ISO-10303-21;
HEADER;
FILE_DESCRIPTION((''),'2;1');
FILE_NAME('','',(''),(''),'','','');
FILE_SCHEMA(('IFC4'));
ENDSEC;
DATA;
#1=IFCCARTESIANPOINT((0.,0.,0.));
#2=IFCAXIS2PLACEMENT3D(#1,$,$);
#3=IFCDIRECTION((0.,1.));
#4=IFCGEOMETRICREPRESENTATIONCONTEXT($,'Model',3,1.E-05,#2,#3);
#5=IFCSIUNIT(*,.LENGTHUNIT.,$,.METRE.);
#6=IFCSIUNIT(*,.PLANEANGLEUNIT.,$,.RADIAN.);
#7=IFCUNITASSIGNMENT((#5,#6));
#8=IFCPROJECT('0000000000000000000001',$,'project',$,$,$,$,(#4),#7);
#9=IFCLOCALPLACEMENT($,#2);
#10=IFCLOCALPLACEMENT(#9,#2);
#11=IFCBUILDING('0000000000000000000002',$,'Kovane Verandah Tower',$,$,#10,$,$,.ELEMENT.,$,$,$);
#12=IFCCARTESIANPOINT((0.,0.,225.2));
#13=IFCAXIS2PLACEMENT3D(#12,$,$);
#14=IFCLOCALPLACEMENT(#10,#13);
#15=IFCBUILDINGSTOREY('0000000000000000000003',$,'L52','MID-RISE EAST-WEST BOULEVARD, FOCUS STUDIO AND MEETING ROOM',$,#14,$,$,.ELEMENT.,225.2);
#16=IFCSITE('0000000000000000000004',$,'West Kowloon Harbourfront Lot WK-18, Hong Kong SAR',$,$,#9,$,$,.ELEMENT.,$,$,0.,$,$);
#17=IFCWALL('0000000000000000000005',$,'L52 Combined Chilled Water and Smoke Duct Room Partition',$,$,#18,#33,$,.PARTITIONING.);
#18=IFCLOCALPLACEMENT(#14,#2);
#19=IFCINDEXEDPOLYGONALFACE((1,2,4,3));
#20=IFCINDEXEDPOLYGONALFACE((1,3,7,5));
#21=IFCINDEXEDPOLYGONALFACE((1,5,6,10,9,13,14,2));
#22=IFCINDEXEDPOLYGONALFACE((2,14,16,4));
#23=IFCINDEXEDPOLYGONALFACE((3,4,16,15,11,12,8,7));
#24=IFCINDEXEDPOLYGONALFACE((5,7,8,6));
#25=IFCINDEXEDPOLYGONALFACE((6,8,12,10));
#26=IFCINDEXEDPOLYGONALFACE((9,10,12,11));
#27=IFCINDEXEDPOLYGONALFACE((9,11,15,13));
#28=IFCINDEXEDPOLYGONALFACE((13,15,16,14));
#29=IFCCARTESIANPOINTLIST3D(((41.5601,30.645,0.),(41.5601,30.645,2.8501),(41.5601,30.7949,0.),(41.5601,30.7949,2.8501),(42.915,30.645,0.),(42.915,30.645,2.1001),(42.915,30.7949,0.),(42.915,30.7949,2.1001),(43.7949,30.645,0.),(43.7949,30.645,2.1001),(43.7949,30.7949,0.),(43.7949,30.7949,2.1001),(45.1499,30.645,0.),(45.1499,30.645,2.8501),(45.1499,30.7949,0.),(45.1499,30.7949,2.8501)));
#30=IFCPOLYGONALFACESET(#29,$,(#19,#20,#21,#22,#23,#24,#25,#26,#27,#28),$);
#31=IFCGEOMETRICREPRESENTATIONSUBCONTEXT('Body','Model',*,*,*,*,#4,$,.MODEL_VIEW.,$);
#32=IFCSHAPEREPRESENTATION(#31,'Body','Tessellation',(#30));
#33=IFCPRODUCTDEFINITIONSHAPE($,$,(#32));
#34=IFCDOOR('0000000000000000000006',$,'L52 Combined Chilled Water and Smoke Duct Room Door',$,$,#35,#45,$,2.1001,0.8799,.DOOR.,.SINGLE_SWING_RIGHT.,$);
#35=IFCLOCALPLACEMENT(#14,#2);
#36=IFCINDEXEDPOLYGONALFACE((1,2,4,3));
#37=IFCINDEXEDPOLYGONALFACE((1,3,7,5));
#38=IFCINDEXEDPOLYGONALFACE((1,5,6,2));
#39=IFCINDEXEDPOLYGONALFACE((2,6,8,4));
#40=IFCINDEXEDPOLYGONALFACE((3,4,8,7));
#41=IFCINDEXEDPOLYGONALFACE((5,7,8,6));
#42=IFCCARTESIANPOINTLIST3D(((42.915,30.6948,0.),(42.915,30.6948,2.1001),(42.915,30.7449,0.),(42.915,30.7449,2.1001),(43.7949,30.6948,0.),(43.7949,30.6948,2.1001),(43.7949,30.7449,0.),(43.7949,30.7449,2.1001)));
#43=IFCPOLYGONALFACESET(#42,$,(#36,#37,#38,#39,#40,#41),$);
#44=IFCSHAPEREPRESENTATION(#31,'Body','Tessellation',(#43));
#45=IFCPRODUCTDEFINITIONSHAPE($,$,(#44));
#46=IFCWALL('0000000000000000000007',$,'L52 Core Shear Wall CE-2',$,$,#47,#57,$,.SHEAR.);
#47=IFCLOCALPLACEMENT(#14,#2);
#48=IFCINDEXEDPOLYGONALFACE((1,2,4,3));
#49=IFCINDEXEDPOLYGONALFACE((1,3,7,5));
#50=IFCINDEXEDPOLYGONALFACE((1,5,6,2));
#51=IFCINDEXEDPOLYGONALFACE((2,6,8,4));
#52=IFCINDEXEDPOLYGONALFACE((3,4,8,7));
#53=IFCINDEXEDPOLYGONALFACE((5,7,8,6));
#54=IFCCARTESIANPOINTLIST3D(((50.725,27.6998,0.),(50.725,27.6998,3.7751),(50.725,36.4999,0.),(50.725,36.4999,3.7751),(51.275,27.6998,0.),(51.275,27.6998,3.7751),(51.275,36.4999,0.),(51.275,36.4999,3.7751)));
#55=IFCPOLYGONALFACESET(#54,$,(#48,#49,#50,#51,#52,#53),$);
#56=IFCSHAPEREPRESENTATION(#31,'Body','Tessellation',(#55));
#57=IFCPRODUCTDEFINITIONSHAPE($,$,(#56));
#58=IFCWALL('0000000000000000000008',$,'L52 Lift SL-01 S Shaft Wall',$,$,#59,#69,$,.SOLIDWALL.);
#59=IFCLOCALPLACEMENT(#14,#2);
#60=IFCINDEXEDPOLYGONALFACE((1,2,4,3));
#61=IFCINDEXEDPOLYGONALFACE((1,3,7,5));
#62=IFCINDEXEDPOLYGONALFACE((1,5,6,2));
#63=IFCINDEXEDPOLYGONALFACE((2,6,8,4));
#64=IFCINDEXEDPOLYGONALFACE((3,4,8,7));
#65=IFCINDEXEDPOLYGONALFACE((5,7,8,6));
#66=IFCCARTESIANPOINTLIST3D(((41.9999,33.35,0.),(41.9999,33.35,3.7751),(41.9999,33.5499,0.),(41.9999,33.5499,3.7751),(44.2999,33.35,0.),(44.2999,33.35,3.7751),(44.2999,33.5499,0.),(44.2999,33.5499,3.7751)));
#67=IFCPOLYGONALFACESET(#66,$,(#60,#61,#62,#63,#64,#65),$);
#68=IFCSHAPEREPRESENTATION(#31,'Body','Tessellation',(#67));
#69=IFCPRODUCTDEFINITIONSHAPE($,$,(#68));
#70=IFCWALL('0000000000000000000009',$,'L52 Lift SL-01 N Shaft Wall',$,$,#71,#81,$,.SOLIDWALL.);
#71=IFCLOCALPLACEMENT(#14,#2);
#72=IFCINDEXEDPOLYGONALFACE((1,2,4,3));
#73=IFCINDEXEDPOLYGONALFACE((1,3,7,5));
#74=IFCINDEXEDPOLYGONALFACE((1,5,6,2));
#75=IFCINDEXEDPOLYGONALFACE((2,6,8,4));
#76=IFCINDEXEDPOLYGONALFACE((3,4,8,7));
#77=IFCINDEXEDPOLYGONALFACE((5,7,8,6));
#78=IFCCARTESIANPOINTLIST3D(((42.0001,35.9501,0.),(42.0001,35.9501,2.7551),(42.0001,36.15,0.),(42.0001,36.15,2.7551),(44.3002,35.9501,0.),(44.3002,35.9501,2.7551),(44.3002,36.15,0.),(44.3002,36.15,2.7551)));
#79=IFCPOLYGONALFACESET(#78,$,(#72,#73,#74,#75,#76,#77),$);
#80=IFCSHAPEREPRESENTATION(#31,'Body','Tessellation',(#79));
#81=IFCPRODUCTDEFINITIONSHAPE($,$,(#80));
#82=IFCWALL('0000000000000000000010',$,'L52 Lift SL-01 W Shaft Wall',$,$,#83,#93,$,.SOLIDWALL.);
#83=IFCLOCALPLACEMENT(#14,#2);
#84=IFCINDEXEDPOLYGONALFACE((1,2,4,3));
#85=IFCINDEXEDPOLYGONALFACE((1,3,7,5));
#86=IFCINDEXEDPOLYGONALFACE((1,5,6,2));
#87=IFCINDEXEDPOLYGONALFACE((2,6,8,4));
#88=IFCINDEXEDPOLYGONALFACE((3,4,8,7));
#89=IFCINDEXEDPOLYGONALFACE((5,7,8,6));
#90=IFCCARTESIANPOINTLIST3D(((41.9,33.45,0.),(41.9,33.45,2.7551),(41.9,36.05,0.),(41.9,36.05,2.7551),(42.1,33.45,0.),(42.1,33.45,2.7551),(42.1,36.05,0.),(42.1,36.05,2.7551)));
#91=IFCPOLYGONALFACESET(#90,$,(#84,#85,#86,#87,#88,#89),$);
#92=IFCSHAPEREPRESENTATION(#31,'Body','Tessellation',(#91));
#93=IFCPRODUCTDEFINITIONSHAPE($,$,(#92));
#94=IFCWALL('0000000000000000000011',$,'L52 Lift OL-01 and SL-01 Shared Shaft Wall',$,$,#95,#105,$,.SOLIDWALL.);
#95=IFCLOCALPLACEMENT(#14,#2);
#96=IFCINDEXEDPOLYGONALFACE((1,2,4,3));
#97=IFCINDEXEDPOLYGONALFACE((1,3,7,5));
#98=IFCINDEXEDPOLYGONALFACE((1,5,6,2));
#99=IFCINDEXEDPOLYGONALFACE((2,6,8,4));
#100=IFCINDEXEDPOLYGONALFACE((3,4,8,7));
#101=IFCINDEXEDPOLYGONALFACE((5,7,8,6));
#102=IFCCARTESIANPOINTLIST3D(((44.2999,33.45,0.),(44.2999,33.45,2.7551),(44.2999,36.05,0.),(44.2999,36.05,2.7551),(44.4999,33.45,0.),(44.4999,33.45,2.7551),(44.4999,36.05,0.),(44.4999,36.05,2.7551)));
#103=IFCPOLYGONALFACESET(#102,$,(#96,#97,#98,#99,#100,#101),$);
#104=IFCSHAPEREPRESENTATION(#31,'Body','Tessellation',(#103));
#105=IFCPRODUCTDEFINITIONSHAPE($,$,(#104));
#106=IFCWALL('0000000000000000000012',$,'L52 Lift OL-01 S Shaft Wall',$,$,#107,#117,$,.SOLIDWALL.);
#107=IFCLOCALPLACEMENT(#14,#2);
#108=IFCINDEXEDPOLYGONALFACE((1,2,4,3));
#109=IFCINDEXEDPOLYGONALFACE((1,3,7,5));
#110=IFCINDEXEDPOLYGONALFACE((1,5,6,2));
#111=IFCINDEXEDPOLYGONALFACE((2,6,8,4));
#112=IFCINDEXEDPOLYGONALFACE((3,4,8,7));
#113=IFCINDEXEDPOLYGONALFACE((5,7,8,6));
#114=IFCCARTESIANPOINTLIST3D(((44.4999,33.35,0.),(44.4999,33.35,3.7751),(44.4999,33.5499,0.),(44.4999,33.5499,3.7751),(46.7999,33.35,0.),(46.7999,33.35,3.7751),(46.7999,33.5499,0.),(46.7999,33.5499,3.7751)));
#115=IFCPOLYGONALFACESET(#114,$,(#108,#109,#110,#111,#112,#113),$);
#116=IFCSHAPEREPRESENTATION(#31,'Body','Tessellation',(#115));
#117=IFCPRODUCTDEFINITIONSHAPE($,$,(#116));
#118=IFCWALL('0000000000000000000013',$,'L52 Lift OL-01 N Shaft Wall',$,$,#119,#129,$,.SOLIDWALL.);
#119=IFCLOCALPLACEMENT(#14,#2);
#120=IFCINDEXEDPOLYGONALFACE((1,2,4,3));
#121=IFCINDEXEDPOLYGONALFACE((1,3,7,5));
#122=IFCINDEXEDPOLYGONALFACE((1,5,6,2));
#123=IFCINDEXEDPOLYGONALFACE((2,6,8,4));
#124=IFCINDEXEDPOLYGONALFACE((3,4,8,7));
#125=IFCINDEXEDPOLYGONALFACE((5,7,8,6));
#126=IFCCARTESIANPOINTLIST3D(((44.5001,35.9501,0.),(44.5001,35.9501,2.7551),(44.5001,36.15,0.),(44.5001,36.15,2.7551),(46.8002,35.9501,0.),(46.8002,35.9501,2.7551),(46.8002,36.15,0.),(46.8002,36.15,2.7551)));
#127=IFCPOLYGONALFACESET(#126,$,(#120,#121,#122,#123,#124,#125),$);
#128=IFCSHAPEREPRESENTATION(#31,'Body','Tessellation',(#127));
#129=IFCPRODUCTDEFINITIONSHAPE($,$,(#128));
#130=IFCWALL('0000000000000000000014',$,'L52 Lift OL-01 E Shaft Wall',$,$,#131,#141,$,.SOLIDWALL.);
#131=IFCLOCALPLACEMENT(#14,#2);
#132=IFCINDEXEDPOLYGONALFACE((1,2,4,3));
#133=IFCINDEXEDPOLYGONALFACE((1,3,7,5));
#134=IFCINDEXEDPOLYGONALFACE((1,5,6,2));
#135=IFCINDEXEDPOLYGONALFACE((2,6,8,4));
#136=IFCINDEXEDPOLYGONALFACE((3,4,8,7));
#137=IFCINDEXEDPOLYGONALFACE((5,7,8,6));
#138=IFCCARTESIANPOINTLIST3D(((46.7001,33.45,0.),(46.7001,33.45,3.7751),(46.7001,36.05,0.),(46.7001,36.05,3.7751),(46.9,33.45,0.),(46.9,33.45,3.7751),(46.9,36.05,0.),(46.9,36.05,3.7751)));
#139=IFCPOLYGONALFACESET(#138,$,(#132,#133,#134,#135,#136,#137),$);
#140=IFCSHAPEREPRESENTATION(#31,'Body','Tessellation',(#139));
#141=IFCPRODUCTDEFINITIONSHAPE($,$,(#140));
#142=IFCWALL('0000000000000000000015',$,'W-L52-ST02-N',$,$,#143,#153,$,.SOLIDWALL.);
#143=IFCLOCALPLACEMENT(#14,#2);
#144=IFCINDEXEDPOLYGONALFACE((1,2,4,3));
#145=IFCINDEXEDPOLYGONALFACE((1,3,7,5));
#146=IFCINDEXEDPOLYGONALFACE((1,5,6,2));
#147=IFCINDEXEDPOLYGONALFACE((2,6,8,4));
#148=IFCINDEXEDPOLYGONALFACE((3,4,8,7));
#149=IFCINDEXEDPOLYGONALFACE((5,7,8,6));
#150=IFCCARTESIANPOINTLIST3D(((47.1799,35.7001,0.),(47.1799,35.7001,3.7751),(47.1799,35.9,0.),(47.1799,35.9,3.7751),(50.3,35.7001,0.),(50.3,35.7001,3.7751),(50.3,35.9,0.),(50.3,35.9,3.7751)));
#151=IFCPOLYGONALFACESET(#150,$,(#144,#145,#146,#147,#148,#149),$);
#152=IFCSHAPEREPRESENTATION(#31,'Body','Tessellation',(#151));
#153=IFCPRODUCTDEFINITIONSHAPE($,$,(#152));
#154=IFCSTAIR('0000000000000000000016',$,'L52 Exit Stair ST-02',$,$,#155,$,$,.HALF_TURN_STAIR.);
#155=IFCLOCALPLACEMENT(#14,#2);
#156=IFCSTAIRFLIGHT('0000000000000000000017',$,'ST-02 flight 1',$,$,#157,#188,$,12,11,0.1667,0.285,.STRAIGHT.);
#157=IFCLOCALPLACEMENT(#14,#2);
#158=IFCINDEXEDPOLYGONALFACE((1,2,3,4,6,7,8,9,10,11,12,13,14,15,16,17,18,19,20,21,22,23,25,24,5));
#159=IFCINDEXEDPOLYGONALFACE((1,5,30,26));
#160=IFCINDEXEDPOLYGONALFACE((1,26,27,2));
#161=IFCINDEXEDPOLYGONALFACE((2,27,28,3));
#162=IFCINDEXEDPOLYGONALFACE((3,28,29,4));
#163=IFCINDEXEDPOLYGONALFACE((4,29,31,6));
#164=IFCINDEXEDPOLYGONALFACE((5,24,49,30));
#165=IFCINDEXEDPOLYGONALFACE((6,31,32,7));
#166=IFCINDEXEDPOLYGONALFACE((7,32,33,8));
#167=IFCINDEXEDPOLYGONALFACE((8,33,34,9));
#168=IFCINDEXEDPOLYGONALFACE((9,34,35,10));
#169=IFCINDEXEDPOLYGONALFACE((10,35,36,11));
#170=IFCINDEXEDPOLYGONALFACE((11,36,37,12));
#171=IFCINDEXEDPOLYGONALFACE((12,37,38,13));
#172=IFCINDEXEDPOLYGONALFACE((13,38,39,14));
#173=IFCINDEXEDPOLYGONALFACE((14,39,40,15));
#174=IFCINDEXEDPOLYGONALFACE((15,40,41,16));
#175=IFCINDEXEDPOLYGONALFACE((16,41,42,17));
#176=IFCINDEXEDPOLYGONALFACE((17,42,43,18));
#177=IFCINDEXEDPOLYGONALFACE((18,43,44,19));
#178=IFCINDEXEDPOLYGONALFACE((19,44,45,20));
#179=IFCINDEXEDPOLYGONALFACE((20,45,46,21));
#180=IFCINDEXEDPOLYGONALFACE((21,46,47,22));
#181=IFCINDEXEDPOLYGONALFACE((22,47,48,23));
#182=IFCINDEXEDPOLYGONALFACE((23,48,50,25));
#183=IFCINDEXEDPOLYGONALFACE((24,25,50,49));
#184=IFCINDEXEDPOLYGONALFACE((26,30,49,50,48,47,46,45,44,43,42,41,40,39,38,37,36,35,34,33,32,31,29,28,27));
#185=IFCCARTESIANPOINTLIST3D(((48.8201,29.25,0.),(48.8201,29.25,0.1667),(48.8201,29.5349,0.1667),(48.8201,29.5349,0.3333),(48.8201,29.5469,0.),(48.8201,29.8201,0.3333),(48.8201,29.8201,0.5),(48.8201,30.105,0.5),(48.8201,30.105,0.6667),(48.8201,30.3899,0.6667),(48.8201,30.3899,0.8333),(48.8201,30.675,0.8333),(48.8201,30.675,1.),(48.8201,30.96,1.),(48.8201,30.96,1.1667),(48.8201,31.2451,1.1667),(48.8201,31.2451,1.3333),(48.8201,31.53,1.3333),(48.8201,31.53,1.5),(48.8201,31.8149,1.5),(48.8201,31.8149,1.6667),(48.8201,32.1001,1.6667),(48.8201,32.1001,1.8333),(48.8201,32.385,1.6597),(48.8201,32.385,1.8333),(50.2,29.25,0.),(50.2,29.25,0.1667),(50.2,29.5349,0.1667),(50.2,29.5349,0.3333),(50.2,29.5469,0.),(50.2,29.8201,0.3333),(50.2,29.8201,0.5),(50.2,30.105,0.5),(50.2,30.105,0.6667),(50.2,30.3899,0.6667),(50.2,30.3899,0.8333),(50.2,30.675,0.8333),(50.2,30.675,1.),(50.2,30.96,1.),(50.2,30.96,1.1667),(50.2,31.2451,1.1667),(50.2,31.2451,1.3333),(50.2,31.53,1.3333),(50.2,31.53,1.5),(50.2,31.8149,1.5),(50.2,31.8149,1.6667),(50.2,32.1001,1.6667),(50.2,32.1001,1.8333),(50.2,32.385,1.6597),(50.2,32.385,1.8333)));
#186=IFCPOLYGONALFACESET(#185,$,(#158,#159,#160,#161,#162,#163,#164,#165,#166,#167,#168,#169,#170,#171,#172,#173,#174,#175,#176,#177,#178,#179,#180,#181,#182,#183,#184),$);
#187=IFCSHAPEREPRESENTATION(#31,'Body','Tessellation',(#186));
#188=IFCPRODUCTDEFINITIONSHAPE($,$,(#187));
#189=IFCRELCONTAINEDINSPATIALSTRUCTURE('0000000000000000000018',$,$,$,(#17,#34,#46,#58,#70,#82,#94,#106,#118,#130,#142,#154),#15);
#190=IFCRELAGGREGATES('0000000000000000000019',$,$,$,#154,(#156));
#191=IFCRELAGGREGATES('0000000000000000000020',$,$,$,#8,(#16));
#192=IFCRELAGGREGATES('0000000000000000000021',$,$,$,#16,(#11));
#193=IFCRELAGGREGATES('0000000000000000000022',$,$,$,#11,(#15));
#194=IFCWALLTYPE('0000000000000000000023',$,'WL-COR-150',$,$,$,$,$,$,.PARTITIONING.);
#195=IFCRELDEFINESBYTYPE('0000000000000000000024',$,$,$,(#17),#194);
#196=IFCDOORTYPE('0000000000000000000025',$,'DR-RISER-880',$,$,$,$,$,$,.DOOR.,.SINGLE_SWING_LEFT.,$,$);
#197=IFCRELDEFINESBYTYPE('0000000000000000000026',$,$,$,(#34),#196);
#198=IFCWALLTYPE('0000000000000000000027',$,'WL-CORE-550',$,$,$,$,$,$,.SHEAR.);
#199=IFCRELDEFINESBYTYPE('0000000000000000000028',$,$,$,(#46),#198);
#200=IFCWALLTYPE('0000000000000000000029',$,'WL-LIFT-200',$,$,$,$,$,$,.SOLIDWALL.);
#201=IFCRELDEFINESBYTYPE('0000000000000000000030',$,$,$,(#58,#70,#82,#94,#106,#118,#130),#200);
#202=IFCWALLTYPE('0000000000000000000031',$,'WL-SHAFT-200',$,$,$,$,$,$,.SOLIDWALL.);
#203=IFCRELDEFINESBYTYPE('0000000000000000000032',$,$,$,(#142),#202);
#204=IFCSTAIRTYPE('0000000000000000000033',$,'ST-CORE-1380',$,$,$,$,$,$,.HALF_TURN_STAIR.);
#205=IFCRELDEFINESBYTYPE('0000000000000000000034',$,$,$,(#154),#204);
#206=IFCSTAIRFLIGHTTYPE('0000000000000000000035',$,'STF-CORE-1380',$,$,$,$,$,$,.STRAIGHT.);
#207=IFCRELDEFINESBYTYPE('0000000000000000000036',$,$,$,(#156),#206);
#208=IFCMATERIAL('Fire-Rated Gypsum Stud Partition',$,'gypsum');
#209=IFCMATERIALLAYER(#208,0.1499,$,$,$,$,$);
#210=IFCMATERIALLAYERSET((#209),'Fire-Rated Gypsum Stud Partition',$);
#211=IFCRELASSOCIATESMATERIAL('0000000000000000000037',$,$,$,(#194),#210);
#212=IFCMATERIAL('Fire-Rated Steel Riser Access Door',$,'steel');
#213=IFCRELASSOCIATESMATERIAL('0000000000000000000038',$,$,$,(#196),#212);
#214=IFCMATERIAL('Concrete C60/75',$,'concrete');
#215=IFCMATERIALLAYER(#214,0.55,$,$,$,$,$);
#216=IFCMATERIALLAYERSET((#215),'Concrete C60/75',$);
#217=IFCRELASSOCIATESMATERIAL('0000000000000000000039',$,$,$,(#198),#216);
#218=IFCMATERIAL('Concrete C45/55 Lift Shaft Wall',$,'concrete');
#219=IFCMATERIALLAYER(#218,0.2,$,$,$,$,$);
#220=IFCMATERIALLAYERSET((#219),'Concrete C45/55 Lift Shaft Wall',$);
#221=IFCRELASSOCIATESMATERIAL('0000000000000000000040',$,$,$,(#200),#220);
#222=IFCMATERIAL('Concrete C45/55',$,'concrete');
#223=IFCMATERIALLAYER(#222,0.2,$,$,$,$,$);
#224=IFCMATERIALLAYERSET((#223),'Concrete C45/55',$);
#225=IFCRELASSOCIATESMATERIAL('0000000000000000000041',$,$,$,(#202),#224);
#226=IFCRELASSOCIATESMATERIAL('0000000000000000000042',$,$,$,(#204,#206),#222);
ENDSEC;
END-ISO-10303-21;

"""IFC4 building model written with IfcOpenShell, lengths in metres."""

from ifc_helpers import new_model, si_unit, direction, frame, frame_2d, origin, place, context, subcontext, project, spatial, polyline, rectangle, outline, extrude, material, layer, layer_set, type_object, element, fill, aggregate, save


model = new_model("IFC4")

# Units and contexts
model_context = context("Model", 3, precision=1e-05, world=origin(), true_north=direction((0.0, 1.0)))
body_context = subcontext(model_context, "Body", "Model", "MODEL_VIEW")
ifc_project = project(units=[si_unit("LENGTHUNIT", "METRE"), si_unit("PLANEANGLEUNIT", "RADIAN")], contexts=[model_context])

# Site, building, storey
site_placement = place(None, origin())
site = spatial("IfcSite", under=ifc_project, at=site_placement, Name="West Kowloon Harbourfront Lot WK-18, Hong Kong SAR", CompositionType="ELEMENT", RefElevation=0.0)
building_placement = place(site_placement, origin())
building = spatial("IfcBuilding", under=site, at=building_placement, Name="Kovane Verandah Tower", CompositionType="ELEMENT")
storey_placement = place(building_placement, frame((0.0, 0.0, 225.2)))
storey = spatial("IfcBuildingStorey", under=building, at=storey_placement, Name="L52", Description="MID-RISE EAST-WEST BOULEVARD, FOCUS STUDIO AND MEETING ROOM", CompositionType="ELEMENT", Elevation=225.2)

# Wall, opening, door
ifc_material_1 = material(Name="Fire-Rated Gypsum Stud Partition", Category="gypsum")
ifc_layer_1 = layer(ifc_material_1, 0.1499)
ifc_layer_set_1 = layer_set([ifc_layer_1], Name="Fire-Rated Gypsum Stud Partition")
wall_type_1 = type_object("IfcWallType", Name="WL-COR-150", PredefinedType="PARTITIONING", material=ifc_layer_set_1)
wall_1_placement = place(storey_placement, frame((41.5601, 30.72, 0.0), z_axis=(0.0, 0.0, 1.0), x_axis=(1.0, 0.0, 0.0)))
wall_1 = element("IfcWall", 1, at=wall_1_placement, inside=storey, type_object=wall_type_1, Name="L52 Combined Chilled Water and Smoke Duct Room Partition", PredefinedType="PARTITIONING", context=body_context, shape_type="SweptSolid", body=[
    extrude(rectangle(XDim=3.5898, YDim=0.1499, at=frame_2d((1.7949, 0.0))), origin(), (0.0, 0.0, 1.0), 2.8501),
])
opening_placement = place(wall_1_placement, frame((1.355, 0.0, 0.0)))
opening = element("IfcOpeningElement", 2, at=opening_placement, cuts=wall_1, PredefinedType="OPENING", context=body_context, shape_type="SweptSolid", body=[
    extrude(rectangle(XDim=0.8799, YDim=2.1001, at=frame_2d((0.4399, 1.05))), frame((0.0, 0.075, 0.0), z_axis=(0.0, -1.0, 0.0), x_axis=(1.0, 0.0, 0.0)), (0.0, 0.0, 1.0), 0.1499),
])
ifc_material_2 = material(Name="Fire-Rated Steel Riser Access Door", Category="steel")
door_type = type_object("IfcDoorType", Name="DR-RISER-880", OperationType="SINGLE_SWING_LEFT", PredefinedType="DOOR", material=ifc_material_2)
door_placement = place(opening_placement, origin())
door = element("IfcDoor", 3, at=door_placement, inside=storey, type_object=door_type, Name="L52 Combined Chilled Water and Smoke Duct Room Door", OperationType="SINGLE_SWING_RIGHT", OverallHeight=2.1001, OverallWidth=0.8799, PredefinedType="DOOR", context=body_context, shape_type="SweptSolid", body=[
    extrude(rectangle(XDim=0.8799, YDim=2.1001, at=frame_2d((0.4399, 1.05))), frame((0.0, 0.0249, 0.0), z_axis=(0.0, -1.0, 0.0), x_axis=(1.0, 0.0, 0.0)), (0.0, 0.0, 1.0), 0.05),
])
fill(opening, door)

# Walls
ifc_material_3 = material(Name="Concrete C60/75", Category="concrete")
ifc_layer_2 = layer(ifc_material_3, 0.55)
ifc_layer_set_2 = layer_set([ifc_layer_2], Name="Concrete C60/75")
wall_type_2 = type_object("IfcWallType", Name="WL-CORE-550", PredefinedType="SHEAR", material=ifc_layer_set_2)
wall_2_placement = place(storey_placement, frame((51.0, 27.7, 0.0), z_axis=(0.0, 0.0, 1.0), x_axis=(0.0, 1.0, 0.0)))
element("IfcWall", 4, at=wall_2_placement, inside=storey, type_object=wall_type_2, Name="L52 Core Shear Wall CE-2", PredefinedType="SHEAR", context=body_context, shape_type="SweptSolid", body=[
    extrude(rectangle(XDim=8.8, YDim=0.55, at=frame_2d((4.3999, 0.0))), origin(), (0.0, 0.0, 1.0), 3.7751),
])
ifc_material_4 = material(Name="Concrete C45/55 Lift Shaft Wall", Category="concrete")
ifc_layer_3 = layer(ifc_material_4, 0.2)
ifc_layer_set_3 = layer_set([ifc_layer_3], Name="Concrete C45/55 Lift Shaft Wall")
wall_type_3 = type_object("IfcWallType", Name="WL-LIFT-200", PredefinedType="SOLIDWALL", material=ifc_layer_set_3)
wall_3_placement = place(storey_placement, frame((42.0, 33.45, 0.0), z_axis=(0.0, 0.0, 1.0), x_axis=(1.0, 0.0, 0.0)))
element("IfcWall", 5, at=wall_3_placement, inside=storey, type_object=wall_type_3, Name="L52 Lift SL-01 S Shaft Wall", PredefinedType="SOLIDWALL", context=body_context, shape_type="SweptSolid", body=[
    extrude(rectangle(XDim=2.3, YDim=0.2, at=frame_2d((1.1499, 0.0))), origin(), (0.0, 0.0, 1.0), 3.7751),
])
wall_4_placement = place(storey_placement, frame((44.3, 36.05, 0.0), z_axis=(0.0, 0.0, 1.0), x_axis=(-1.0, 0.0, 0.0)))
element("IfcWall", 6, at=wall_4_placement, inside=storey, type_object=wall_type_3, Name="L52 Lift SL-01 N Shaft Wall", PredefinedType="SOLIDWALL", context=body_context, shape_type="SweptSolid", body=[
    extrude(rectangle(XDim=2.3, YDim=0.2, at=frame_2d((1.1499, 0.0))), origin(), (0.0, 0.0, 1.0), 2.7551),
])
for number, where, z_axis, x_axis, name in (
    (7, (42.0, 36.05, 0.0), (0.0, 0.0, 1.0), (0.0, -1.0, 0.0), "L52 Lift SL-01 W Shaft Wall"),
    (8, (44.3999, 33.45, 0.0), (0.0, 0.0, 1.0), (0.0, 1.0, 0.0), "L52 Lift OL-01 and SL-01 Shared Shaft Wall"),
):
    element("IfcWall", number, at=place(storey_placement, frame(where, z_axis=z_axis, x_axis=x_axis)), inside=storey, type_object=wall_type_3, Name=name, PredefinedType="SOLIDWALL", context=body_context, shape_type="SweptSolid", body=[
        extrude(rectangle(XDim=2.6001, YDim=0.2, at=frame_2d((1.3, 0.0))), origin(), (0.0, 0.0, 1.0), 2.7551),
    ])
wall_5_placement = place(storey_placement, frame((44.5, 33.45, 0.0), z_axis=(0.0, 0.0, 1.0), x_axis=(1.0, 0.0, 0.0)))
element("IfcWall", 9, at=wall_5_placement, inside=storey, type_object=wall_type_3, Name="L52 Lift OL-01 S Shaft Wall", PredefinedType="SOLIDWALL", context=body_context, shape_type="SweptSolid", body=[
    extrude(rectangle(XDim=2.3, YDim=0.2, at=frame_2d((1.1499, 0.0))), origin(), (0.0, 0.0, 1.0), 3.7751),
])
wall_6_placement = place(storey_placement, frame((46.8, 36.05, 0.0), z_axis=(0.0, 0.0, 1.0), x_axis=(-1.0, 0.0, 0.0)))
element("IfcWall", 10, at=wall_6_placement, inside=storey, type_object=wall_type_3, Name="L52 Lift OL-01 N Shaft Wall", PredefinedType="SOLIDWALL", context=body_context, shape_type="SweptSolid", body=[
    extrude(rectangle(XDim=2.3, YDim=0.2, at=frame_2d((1.1499, 0.0))), origin(), (0.0, 0.0, 1.0), 2.7551),
])
wall_7_placement = place(storey_placement, frame((46.8, 33.45, 0.0), z_axis=(0.0, 0.0, 1.0), x_axis=(0.0, 1.0, 0.0)))
element("IfcWall", 11, at=wall_7_placement, inside=storey, type_object=wall_type_3, Name="L52 Lift OL-01 E Shaft Wall", PredefinedType="SOLIDWALL", context=body_context, shape_type="SweptSolid", body=[
    extrude(rectangle(XDim=2.6001, YDim=0.2, at=frame_2d((1.3, 0.0))), origin(), (0.0, 0.0, 1.0), 3.7751),
])
ifc_material_5 = material(Name="Concrete C45/55", Category="concrete")
ifc_layer_4 = layer(ifc_material_5, 0.2)
ifc_layer_set_4 = layer_set([ifc_layer_4], Name="Concrete C45/55")
wall_type_4 = type_object("IfcWallType", Name="WL-SHAFT-200", PredefinedType="SOLIDWALL", material=ifc_layer_set_4)
wall_8_placement = place(storey_placement, frame((47.1799, 35.8, 0.0), z_axis=(0.0, 0.0, 1.0), x_axis=(1.0, 0.0, 0.0)))
element("IfcWall", 12, at=wall_8_placement, inside=storey, type_object=wall_type_4, Name="W-L52-ST02-N", PredefinedType="SOLIDWALL", context=body_context, shape_type="SweptSolid", body=[
    extrude(rectangle(XDim=3.1201, YDim=0.2, at=frame_2d((1.5601, 0.0))), origin(), (0.0, 0.0, 1.0), 3.7751),
])

# Stair, stair flight
stair_type = type_object("IfcStairType", Name="ST-CORE-1380", PredefinedType="HALF_TURN_STAIR", material=ifc_material_5)
stair_1_placement = place(storey_placement, origin())
stair_1 = element("IfcStair", 13, at=stair_1_placement, inside=storey, type_object=stair_type, Name="L52 Exit Stair ST-02", PredefinedType="HALF_TURN_STAIR")
stair_flight_type = type_object("IfcStairFlightType", Name="STF-CORE-1380", PredefinedType="STRAIGHT", material=ifc_material_5)
stair_flight_1_placement = place(storey_placement, frame((49.51, 29.25, 0.0), z_axis=(0.0, 0.0, 1.0), x_axis=(0.0, 1.0, 0.0)))
stair_flight_1 = element("IfcStairFlight", 14, at=stair_flight_1_placement, type_object=stair_flight_type, Name="ST-02 flight 1", NumberOfRisers=12, NumberOfTreads=11, PredefinedType="STRAIGHT", RiserHeight=0.1667, TreadLength=0.285, context=body_context, shape_type="SweptSolid", body=[
    extrude(outline(polyline([(0.0, 0.0), (0.0, 0.1667), (0.2849, 0.1667), (0.2849, 0.3333), (0.5701, 0.3333), (0.5701, 0.5), (0.855, 0.5), (0.855, 0.6667), (1.1399, 0.6667), (1.1399, 0.8333), (1.425, 0.8333), (1.425, 1.0), (1.71, 1.0), (1.71, 1.1667), (1.9951, 1.1667), (1.9951, 1.3333), (2.28, 1.3333), (2.28, 1.5), (2.5649, 1.5), (2.5649, 1.6667), (2.8501, 1.6667), (2.8501, 1.8333), (3.135, 1.8333), (3.135, 2.0), (3.135, 1.6597), (0.2969, 0.0), (0.0, 0.0)])), frame((0.0, 0.6899, 0.0), z_axis=(0.0, -1.0, 0.0), x_axis=(1.0, 0.0, 0.0)), (0.0, 0.0, 1.0), 1.3799),
])
aggregate(stair_1, [stair_flight_1])

save(model, "model.ifc")
